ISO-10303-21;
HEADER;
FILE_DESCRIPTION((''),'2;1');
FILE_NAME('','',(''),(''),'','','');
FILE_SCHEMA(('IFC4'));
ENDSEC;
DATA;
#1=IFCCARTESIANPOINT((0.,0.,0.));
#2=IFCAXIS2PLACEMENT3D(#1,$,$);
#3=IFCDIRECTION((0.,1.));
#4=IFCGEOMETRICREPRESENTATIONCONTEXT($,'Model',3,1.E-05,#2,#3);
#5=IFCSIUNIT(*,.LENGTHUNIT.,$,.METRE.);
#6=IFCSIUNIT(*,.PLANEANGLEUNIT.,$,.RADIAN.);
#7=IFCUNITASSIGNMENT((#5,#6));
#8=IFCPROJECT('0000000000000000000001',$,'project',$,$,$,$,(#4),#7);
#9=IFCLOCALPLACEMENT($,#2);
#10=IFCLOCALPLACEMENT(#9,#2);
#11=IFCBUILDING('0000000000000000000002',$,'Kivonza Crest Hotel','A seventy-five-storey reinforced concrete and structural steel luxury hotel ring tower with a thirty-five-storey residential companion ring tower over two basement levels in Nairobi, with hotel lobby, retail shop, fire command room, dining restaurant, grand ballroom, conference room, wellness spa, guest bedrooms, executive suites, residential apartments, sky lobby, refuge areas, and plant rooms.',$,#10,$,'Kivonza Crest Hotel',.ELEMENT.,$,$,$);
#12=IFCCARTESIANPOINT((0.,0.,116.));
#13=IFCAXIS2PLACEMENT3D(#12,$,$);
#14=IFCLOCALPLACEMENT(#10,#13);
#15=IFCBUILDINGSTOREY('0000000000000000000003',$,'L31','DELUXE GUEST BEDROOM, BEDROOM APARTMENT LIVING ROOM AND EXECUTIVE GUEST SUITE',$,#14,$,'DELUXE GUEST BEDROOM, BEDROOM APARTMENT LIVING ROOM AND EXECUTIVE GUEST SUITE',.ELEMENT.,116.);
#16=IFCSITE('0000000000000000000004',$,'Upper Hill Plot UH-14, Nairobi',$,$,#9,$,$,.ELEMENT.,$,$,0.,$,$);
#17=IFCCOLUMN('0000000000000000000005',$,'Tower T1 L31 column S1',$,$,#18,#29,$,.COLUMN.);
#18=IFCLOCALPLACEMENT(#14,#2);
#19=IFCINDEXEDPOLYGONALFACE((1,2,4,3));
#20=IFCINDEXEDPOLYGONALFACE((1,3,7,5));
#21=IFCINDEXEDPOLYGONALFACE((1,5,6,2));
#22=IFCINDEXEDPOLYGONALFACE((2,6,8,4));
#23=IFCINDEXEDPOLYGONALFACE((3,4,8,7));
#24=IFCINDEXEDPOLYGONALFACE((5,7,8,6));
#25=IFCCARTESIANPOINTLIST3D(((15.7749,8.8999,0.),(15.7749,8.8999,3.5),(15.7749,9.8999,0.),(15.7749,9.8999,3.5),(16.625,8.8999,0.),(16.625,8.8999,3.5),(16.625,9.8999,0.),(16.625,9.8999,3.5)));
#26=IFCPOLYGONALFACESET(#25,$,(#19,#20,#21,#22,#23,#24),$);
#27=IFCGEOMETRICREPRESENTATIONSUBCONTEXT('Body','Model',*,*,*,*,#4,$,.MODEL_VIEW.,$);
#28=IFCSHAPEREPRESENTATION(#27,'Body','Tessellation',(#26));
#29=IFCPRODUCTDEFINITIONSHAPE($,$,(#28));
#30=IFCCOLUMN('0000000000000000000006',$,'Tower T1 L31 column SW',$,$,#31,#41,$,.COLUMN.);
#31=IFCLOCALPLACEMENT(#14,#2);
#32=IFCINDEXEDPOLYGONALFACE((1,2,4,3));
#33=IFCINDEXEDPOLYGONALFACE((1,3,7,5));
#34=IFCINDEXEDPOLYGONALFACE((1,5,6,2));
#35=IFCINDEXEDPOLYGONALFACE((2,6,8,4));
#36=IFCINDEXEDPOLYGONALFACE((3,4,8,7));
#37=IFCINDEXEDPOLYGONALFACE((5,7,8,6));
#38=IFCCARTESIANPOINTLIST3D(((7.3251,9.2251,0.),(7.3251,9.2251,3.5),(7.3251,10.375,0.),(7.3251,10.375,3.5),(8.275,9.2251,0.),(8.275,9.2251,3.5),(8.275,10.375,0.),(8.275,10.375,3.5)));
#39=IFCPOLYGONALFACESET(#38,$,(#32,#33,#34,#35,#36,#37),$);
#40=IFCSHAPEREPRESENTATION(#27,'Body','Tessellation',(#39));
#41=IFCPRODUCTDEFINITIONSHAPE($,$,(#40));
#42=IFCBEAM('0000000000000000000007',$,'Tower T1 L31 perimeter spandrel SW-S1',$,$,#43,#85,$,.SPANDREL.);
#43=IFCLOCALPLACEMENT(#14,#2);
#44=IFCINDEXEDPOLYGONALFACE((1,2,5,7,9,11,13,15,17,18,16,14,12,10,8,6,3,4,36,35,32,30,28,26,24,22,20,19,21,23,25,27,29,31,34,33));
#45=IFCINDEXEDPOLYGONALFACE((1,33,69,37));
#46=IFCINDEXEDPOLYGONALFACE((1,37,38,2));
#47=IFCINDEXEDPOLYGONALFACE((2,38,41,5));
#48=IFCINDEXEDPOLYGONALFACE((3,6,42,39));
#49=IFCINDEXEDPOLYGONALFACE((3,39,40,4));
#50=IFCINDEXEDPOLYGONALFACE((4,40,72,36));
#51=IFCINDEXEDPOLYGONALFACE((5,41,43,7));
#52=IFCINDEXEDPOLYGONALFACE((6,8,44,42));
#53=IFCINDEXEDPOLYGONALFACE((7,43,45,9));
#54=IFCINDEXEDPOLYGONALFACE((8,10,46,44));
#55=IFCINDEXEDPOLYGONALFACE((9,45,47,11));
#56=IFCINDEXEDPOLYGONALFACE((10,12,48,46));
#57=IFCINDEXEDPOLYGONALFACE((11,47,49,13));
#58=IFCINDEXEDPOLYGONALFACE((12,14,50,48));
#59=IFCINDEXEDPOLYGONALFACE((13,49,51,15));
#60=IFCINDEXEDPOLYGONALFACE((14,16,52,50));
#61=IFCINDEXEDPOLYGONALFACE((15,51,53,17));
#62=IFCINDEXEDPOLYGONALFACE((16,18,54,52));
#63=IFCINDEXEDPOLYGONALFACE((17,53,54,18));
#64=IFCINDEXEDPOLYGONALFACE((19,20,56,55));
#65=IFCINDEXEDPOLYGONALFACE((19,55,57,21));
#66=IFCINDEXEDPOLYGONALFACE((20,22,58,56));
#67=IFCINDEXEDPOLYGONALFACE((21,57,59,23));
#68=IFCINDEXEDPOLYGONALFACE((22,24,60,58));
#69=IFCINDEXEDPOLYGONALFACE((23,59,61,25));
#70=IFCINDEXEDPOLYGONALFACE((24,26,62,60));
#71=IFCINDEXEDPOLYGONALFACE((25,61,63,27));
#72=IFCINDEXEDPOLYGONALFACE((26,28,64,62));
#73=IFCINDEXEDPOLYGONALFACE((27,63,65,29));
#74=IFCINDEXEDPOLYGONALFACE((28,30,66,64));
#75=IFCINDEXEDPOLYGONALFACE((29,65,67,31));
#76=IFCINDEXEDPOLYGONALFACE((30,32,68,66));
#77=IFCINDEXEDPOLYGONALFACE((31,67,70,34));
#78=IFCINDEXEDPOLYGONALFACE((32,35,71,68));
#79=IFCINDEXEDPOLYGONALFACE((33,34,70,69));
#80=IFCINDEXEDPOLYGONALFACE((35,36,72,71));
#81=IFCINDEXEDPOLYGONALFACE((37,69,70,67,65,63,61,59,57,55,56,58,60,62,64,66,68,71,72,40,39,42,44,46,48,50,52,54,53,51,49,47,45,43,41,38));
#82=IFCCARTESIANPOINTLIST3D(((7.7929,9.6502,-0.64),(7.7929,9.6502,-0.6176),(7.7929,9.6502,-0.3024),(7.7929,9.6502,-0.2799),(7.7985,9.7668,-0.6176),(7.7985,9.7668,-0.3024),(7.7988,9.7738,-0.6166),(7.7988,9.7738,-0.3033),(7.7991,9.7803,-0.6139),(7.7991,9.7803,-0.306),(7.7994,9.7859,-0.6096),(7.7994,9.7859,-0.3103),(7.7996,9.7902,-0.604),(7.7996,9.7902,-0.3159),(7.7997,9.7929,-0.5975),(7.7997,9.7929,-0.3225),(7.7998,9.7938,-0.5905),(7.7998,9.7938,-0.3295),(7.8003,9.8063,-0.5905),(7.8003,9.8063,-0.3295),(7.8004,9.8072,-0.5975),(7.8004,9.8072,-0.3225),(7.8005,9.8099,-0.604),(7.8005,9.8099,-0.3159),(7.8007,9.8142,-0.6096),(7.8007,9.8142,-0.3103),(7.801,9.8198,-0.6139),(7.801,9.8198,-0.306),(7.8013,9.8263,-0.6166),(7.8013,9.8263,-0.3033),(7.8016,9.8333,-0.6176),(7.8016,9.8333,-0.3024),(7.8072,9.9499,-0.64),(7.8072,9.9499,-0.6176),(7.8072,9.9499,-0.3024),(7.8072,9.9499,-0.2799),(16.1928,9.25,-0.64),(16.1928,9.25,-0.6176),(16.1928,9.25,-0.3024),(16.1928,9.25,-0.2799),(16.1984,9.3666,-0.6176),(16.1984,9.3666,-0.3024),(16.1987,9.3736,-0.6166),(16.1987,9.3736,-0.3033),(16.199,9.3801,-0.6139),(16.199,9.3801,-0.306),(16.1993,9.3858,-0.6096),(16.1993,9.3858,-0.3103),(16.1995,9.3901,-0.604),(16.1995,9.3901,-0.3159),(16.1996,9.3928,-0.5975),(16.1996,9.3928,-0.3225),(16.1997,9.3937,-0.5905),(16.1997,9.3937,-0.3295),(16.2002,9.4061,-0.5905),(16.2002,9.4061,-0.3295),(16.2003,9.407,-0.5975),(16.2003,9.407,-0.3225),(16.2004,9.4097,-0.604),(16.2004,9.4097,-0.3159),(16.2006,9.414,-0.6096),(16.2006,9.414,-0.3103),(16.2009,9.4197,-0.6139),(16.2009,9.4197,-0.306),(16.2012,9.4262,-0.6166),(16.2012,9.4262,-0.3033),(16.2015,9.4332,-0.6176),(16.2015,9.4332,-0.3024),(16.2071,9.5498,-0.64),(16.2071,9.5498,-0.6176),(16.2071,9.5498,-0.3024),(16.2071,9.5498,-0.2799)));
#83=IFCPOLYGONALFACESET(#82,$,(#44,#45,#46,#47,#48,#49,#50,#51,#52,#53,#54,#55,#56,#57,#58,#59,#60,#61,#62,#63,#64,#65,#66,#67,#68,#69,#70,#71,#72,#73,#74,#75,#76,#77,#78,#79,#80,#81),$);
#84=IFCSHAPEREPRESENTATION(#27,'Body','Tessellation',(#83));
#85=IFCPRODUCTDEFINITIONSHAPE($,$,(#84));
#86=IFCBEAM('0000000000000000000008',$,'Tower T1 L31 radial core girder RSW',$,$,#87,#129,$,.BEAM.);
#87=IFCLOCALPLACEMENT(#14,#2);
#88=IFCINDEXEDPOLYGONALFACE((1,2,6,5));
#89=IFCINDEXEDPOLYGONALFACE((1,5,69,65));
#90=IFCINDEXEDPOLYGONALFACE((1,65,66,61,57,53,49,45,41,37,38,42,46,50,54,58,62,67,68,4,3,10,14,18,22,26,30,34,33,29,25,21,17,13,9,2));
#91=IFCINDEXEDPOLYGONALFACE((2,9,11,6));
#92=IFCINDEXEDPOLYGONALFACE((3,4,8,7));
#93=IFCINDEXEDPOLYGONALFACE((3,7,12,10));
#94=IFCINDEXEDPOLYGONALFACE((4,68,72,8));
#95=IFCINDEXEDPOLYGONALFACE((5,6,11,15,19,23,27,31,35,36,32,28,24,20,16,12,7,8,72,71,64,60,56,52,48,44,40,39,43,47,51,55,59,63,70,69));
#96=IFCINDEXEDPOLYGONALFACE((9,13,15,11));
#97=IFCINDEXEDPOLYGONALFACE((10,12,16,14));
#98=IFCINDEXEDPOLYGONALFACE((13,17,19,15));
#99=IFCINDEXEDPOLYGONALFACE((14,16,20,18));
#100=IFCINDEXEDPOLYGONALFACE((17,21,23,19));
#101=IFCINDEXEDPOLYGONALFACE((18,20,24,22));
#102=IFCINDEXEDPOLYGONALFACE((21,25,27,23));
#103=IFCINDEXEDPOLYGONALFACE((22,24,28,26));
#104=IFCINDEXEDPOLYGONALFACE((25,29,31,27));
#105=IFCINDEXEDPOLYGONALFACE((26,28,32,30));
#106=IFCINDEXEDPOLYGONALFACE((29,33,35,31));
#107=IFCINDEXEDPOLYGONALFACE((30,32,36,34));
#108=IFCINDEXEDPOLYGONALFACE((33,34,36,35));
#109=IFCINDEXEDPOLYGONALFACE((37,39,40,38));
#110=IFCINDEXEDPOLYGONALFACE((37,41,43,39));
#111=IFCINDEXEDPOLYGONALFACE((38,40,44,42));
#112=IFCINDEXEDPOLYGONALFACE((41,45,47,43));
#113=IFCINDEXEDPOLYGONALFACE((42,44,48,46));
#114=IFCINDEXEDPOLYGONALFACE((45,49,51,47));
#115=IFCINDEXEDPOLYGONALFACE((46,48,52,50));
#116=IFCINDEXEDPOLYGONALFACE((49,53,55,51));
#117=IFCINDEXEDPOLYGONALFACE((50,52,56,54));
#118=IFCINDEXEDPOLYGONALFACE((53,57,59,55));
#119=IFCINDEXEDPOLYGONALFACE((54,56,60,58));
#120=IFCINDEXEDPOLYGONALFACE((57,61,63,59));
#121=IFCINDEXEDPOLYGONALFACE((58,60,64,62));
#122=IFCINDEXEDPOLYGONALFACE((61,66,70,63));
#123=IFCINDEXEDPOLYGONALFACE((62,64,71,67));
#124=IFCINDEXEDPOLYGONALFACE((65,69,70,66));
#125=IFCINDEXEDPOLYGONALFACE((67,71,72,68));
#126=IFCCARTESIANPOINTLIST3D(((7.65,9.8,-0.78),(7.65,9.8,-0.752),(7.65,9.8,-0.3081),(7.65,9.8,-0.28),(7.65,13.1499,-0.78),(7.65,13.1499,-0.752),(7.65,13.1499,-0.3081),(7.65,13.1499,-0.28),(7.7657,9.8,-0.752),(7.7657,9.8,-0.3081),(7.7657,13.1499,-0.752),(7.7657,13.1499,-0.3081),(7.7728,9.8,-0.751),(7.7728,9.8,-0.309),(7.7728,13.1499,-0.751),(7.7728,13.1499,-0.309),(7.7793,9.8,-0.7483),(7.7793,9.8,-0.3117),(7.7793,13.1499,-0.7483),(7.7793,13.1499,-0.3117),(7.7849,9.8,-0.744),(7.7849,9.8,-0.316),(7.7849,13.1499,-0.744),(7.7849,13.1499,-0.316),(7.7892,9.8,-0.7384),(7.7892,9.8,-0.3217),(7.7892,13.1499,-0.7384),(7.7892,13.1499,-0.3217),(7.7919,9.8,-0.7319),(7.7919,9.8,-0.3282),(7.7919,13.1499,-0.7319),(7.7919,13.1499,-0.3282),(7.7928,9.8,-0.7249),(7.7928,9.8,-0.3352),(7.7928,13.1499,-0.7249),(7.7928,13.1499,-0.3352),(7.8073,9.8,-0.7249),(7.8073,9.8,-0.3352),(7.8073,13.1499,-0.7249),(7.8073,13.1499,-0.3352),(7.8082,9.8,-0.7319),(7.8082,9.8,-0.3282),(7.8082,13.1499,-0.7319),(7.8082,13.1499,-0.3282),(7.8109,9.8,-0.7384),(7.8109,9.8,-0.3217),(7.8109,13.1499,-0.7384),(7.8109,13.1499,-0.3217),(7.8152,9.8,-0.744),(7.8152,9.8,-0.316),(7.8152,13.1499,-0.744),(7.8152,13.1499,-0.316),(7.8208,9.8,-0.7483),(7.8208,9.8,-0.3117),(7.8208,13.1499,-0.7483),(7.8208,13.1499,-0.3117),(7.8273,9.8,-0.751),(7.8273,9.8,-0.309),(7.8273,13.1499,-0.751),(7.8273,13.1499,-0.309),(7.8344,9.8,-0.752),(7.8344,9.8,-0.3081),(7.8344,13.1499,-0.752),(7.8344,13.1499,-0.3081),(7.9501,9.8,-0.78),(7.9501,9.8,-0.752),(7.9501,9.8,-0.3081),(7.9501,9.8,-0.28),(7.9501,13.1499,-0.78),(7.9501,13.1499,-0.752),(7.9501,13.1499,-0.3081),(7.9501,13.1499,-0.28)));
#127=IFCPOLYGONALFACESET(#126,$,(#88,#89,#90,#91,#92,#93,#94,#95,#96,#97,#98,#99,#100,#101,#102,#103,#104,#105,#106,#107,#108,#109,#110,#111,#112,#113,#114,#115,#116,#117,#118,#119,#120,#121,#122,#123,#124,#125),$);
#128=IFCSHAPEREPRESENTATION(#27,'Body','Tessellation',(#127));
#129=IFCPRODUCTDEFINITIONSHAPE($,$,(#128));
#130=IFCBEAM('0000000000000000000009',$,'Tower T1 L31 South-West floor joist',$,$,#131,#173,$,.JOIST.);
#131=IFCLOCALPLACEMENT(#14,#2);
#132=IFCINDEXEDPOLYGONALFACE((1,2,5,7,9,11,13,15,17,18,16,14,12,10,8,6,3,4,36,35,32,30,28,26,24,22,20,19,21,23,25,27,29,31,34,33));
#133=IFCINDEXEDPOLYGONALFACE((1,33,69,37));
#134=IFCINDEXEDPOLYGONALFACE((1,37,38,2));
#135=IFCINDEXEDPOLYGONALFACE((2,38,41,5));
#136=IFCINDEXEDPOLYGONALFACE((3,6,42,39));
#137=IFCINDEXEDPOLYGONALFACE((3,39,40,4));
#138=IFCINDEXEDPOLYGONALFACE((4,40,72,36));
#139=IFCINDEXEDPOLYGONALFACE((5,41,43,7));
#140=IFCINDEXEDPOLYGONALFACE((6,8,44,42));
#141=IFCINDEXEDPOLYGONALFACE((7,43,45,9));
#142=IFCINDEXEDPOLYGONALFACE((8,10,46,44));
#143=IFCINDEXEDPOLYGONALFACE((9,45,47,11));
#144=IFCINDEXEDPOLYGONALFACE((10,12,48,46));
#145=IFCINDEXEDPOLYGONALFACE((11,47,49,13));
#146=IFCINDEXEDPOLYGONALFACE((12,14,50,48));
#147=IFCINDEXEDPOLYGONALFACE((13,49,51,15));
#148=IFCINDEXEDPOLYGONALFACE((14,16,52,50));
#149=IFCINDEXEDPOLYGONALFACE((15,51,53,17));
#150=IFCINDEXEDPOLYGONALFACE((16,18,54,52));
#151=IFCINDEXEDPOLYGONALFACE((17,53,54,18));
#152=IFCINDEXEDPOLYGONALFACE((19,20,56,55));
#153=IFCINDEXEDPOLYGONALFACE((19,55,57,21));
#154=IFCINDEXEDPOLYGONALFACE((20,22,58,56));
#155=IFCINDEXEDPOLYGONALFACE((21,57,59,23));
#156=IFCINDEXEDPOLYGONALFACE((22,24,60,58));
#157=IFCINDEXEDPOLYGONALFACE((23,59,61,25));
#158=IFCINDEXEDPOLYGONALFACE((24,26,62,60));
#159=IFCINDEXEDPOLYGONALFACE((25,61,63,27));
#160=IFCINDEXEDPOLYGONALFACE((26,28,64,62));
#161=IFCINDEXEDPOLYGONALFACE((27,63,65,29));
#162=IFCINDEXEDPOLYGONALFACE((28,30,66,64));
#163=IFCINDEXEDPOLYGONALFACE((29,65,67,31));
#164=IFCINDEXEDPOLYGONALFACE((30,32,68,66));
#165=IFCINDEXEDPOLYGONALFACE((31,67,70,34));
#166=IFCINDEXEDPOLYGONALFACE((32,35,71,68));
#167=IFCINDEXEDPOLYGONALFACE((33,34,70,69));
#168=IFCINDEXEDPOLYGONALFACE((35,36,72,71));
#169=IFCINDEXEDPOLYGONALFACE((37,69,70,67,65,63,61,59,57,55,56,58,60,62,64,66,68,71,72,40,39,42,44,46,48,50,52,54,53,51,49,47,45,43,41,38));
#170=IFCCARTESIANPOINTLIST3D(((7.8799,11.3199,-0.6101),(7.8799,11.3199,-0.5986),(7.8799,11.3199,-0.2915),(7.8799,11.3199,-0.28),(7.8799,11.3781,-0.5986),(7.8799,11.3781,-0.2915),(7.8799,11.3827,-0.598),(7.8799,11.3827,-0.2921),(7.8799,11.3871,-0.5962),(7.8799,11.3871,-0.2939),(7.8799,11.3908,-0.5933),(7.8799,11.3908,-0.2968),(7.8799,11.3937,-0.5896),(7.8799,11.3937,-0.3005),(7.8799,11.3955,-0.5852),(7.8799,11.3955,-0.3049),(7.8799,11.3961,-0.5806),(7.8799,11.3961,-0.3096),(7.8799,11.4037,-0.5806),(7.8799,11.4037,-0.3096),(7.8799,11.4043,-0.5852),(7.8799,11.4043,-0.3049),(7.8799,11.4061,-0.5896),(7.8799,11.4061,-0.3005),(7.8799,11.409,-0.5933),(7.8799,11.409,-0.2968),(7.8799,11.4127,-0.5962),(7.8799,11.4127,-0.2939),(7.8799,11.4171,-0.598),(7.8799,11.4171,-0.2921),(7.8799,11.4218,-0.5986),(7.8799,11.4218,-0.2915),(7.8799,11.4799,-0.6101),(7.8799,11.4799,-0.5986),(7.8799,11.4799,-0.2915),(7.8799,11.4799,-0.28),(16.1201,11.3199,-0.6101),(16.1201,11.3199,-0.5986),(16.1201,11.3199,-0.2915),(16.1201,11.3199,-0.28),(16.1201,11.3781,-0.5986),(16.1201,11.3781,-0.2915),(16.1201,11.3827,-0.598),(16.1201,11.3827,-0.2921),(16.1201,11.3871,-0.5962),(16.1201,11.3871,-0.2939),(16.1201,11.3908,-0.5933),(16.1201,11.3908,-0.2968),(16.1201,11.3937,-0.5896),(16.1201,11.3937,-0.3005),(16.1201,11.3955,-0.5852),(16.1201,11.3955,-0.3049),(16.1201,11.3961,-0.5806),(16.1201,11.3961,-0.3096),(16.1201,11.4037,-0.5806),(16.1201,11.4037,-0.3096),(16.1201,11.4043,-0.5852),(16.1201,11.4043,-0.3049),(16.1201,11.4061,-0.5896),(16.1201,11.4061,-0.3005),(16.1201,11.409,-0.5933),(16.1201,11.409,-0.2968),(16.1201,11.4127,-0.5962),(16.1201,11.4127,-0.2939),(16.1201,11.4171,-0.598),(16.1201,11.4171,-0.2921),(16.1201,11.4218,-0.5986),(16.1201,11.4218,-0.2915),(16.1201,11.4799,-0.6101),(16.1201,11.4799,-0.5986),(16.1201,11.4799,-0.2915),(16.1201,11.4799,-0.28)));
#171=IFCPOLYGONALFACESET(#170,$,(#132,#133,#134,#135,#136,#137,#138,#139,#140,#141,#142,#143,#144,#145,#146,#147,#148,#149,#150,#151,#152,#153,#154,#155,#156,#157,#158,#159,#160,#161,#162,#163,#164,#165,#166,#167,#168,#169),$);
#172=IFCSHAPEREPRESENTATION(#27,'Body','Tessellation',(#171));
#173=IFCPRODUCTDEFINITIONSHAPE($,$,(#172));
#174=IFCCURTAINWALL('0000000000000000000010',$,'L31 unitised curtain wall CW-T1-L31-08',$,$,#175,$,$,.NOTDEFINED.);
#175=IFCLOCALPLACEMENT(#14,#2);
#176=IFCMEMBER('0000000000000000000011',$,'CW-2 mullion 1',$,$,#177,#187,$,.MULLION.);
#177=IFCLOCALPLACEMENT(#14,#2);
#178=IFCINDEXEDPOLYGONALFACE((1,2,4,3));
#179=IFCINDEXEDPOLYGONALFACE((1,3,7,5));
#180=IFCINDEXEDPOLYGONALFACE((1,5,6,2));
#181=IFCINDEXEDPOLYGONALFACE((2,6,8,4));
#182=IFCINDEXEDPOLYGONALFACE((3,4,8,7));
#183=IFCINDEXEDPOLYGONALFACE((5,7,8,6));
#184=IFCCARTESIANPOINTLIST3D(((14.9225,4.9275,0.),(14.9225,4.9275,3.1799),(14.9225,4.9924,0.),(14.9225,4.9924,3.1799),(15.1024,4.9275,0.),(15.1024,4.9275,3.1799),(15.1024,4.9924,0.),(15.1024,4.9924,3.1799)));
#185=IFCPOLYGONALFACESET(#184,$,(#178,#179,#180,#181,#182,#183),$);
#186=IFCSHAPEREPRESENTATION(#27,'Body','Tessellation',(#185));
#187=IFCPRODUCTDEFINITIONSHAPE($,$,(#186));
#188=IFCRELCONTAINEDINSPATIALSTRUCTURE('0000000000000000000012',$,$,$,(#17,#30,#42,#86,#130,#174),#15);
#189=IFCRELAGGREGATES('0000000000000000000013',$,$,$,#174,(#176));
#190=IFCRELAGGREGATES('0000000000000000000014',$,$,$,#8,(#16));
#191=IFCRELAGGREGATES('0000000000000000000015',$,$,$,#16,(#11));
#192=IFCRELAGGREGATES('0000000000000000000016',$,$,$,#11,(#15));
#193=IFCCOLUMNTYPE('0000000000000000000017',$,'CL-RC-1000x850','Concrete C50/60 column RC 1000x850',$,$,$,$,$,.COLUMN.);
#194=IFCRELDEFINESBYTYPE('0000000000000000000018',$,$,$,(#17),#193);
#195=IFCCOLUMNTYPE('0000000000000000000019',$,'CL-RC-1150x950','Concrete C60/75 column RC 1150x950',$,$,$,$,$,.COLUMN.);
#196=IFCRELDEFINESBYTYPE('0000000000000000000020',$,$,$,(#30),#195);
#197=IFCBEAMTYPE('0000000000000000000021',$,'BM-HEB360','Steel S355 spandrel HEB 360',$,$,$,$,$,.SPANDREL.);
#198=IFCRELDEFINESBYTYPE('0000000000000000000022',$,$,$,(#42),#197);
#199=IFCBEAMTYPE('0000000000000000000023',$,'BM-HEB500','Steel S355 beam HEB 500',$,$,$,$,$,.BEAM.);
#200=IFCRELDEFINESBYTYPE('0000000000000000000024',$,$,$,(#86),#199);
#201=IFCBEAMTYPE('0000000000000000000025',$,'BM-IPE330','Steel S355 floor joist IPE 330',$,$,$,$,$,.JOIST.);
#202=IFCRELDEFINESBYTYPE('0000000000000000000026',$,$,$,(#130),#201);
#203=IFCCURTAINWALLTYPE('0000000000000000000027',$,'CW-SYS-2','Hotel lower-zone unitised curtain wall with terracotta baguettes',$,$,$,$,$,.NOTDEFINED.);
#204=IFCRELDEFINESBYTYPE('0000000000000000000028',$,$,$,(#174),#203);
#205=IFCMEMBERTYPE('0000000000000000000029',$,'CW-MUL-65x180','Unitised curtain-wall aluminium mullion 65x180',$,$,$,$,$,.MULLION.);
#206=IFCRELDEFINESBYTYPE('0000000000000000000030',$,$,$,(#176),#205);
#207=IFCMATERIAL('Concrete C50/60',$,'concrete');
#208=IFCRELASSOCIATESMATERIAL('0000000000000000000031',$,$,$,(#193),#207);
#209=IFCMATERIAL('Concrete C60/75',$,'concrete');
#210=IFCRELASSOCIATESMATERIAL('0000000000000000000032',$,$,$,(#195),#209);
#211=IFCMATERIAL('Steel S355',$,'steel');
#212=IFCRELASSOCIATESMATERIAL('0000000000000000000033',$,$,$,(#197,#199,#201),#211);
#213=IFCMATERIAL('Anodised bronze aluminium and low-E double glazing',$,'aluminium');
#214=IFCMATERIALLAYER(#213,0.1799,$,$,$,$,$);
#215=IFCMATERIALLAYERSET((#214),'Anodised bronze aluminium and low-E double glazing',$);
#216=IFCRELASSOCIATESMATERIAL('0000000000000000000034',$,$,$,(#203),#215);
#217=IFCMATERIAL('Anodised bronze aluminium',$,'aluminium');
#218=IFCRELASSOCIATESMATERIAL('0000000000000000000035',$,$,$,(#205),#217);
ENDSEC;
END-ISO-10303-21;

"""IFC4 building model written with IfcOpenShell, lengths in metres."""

from ifc_helpers import new_model, si_unit, direction, frame, origin, origin_2d, place, context, subcontext, project, spatial, rectangle, i_section, extrude, material, layer, layer_set, material_profile, profile_set, type_object, element, aggregate, save


model = new_model("IFC4")

# Units and contexts
model_context = context("Model", 3, precision=1e-05, world=origin(), true_north=direction((0.0, 1.0)))
body_context = subcontext(model_context, "Body", "Model", "MODEL_VIEW")
ifc_project = project(units=[si_unit("LENGTHUNIT", "METRE"), si_unit("PLANEANGLEUNIT", "RADIAN")], contexts=[model_context])

# Site, building, storey
site_placement = place(None, origin())
site = spatial("IfcSite", under=ifc_project, at=site_placement, Name="Upper Hill Plot UH-14, Nairobi", CompositionType="ELEMENT", RefElevation=0.0)
building_placement = place(site_placement, origin())
building = spatial("IfcBuilding", under=site, at=building_placement, Name="Kivonza Crest Hotel", Description="A seventy-five-storey reinforced concrete and structural steel luxury hotel ring tower with a thirty-five-storey residential companion ring tower over two basement levels in Nairobi, with hotel lobby, retail shop, fire command room, dining restaurant, grand ballroom, conference room, wellness spa, guest bedrooms, executive suites, residential apartments, sky lobby, refuge areas, and plant rooms.", LongName="Kivonza Crest Hotel", CompositionType="ELEMENT")
storey_placement = place(building_placement, frame((0.0, 0.0, 116.0)))
storey = spatial("IfcBuildingStorey", under=building, at=storey_placement, Name="L31", Description="DELUXE GUEST BEDROOM, BEDROOM APARTMENT LIVING ROOM AND EXECUTIVE GUEST SUITE", LongName="DELUXE GUEST BEDROOM, BEDROOM APARTMENT LIVING ROOM AND EXECUTIVE GUEST SUITE", CompositionType="ELEMENT", Elevation=116.0)

# Columns
ifc_material_1 = material(Name="Concrete C50/60", Category="concrete")
ifc_material_profile_1 = material_profile(ifc_material_1, rectangle(XDim=0.8501, YDim=1.0, at=origin_2d()), Name="RC 1000x850")
ifc_profile_set_1 = profile_set([ifc_material_profile_1], Name="Concrete C50/60")
column_type_1 = type_object("IfcColumnType", Name="CL-RC-1000x850", Description="Concrete C50/60 column RC 1000x850", PredefinedType="COLUMN", material=ifc_profile_set_1)
column_1_placement = place(storey_placement, frame((16.2, 9.3999, 0.0), z_axis=(0.0, 0.0, 1.0), x_axis=(1.0, 0.0, 0.0)))
element("IfcColumn", 1, at=column_1_placement, inside=storey, type_object=column_type_1, Name="Tower T1 L31 column S1", PredefinedType="COLUMN", context=body_context, shape_type="SweptSolid", body=[
    extrude(rectangle(XDim=0.8501, YDim=1.0, at=origin_2d()), origin(), (0.0, 0.0, 1.0), 3.5),
])
ifc_material_2 = material(Name="Concrete C60/75", Category="concrete")
ifc_material_profile_2 = material_profile(ifc_material_2, rectangle(XDim=0.95, YDim=1.1499, at=origin_2d()), Name="RC 1150x950")
ifc_profile_set_2 = profile_set([ifc_material_profile_2], Name="Concrete C60/75")
column_type_2 = type_object("IfcColumnType", Name="CL-RC-1150x950", Description="Concrete C60/75 column RC 1150x950", PredefinedType="COLUMN", material=ifc_profile_set_2)
column_2_placement = place(storey_placement, frame((7.8, 9.8, 0.0), z_axis=(0.0, 0.0, 1.0), x_axis=(1.0, 0.0, 0.0)))
element("IfcColumn", 2, at=column_2_placement, inside=storey, type_object=column_type_2, Name="Tower T1 L31 column SW", PredefinedType="COLUMN", context=body_context, shape_type="SweptSolid", body=[
    extrude(rectangle(XDim=0.95, YDim=1.1499, at=origin_2d()), origin(), (0.0, 0.0, 1.0), 3.5),
])

# Beams
ifc_material_3 = material(Name="Steel S355", Category="steel")
ifc_material_profile_3 = material_profile(ifc_material_3, i_section(OverallWidth=0.3, OverallDepth=0.3601, WebThickness=0.0125, FlangeThickness=0.0225, FilletRadius=0.0271, at=origin_2d()), Name="HEB 360")
ifc_profile_set_3 = profile_set([ifc_material_profile_3], Name="Steel S355")
beam_type_1 = type_object("IfcBeamType", Name="BM-HEB360", Description="Steel S355 spandrel HEB 360", PredefinedType="SPANDREL", material=ifc_profile_set_3)
beam_1_placement = place(storey_placement, frame((7.8, 9.8, -0.46), z_axis=(0.998867, -0.047583, 0.0), x_axis=(0.047583, 0.998867, 0.0)))
element("IfcBeam", 3, at=beam_1_placement, inside=storey, type_object=beam_type_1, Name="Tower T1 L31 perimeter spandrel SW-S1", PredefinedType="SPANDREL", context=body_context, shape_type="SweptSolid", body=[
    extrude(i_section(OverallWidth=0.3, OverallDepth=0.3601, WebThickness=0.0125, FlangeThickness=0.0225, FilletRadius=0.0271, at=origin_2d()), origin(), (0.0, 0.0, 1.0), 8.4094),
])
ifc_material_profile_4 = material_profile(ifc_material_3, i_section(OverallWidth=0.3, OverallDepth=0.5, WebThickness=0.0144, FlangeThickness=0.0281, FilletRadius=0.0271, at=origin_2d()), Name="HEB 500")
ifc_profile_set_4 = profile_set([ifc_material_profile_4], Name="Steel S355")
beam_type_2 = type_object("IfcBeamType", Name="BM-HEB500", Description="Steel S355 beam HEB 500", PredefinedType="BEAM", material=ifc_profile_set_4)
beam_2_placement = place(storey_placement, frame((7.8, 9.8, -0.53), z_axis=(0.0, 1.0, 0.0), x_axis=(-1.0, 0.0, 0.0)))
element("IfcBeam", 4, at=beam_2_placement, inside=storey, type_object=beam_type_2, Name="Tower T1 L31 radial core girder RSW", PredefinedType="BEAM", context=body_context, shape_type="SweptSolid", body=[
    extrude(i_section(OverallWidth=0.3, OverallDepth=0.5, WebThickness=0.0144, FlangeThickness=0.0281, FilletRadius=0.0271, at=origin_2d()), origin(), (0.0, 0.0, 1.0), 3.3499),
])
ifc_material_profile_5 = material_profile(ifc_material_3, i_section(OverallWidth=0.1599, OverallDepth=0.3301, WebThickness=0.0076, FlangeThickness=0.0115, FilletRadius=0.0181, at=origin_2d()), Name="IPE 330")
ifc_profile_set_5 = profile_set([ifc_material_profile_5], Name="Steel S355")
beam_type_3 = type_object("IfcBeamType", Name="BM-IPE330", Description="Steel S355 floor joist IPE 330", PredefinedType="JOIST", material=ifc_profile_set_5)
beam_3_placement = place(storey_placement, frame((7.8799, 11.3999, -0.4451), z_axis=(1.0, 0.0, 0.0), x_axis=(0.0, 1.0, 0.0)))
element("IfcBeam", 5, at=beam_3_placement, inside=storey, type_object=beam_type_3, Name="Tower T1 L31 South-West floor joist", PredefinedType="JOIST", context=body_context, shape_type="SweptSolid", body=[
    extrude(i_section(OverallWidth=0.1599, OverallDepth=0.3301, WebThickness=0.0076, FlangeThickness=0.0115, FilletRadius=0.0181, at=origin_2d()), origin(), (0.0, 0.0, 1.0), 8.2402),
])

# Curtain wall, member
ifc_material_4 = material(Name="Anodised bronze aluminium and low-E double glazing", Category="aluminium")
ifc_layer_1 = layer(ifc_material_4, 0.1799)
ifc_layer_set_1 = layer_set([ifc_layer_1], Name="Anodised bronze aluminium and low-E double glazing")
curtain_wall_type = type_object("IfcCurtainWallType", Name="CW-SYS-2", Description="Hotel lower-zone unitised curtain wall with terracotta baguettes", PredefinedType="NOTDEFINED", material=ifc_layer_set_1)
curtain_wall_placement = place(storey_placement, origin())
curtain_wall = element("IfcCurtainWall", 6, at=curtain_wall_placement, inside=storey, type_object=curtain_wall_type, Name="L31 unitised curtain wall CW-T1-L31-08", PredefinedType="NOTDEFINED")
ifc_material_5 = material(Name="Anodised bronze aluminium", Category="aluminium")
ifc_material_profile_6 = material_profile(ifc_material_5, rectangle(XDim=0.0649, YDim=0.1799, at=origin_2d()), Name="CW-M 65x180")
ifc_profile_set_6 = profile_set([ifc_material_profile_6], Name="Anodised bronze aluminium")
member_type_1 = type_object("IfcMemberType", Name="CW-MUL-65x180", Description="Unitised curtain-wall aluminium mullion 65x180", PredefinedType="MULLION", material=ifc_profile_set_6)
member_1_placement = place(storey_placement, frame((15.0125, 4.96, 0.0), z_axis=(0.0, 0.0, 1.0), x_axis=(0.0, 1.0, 0.0)))
member_1 = element("IfcMember", 7, at=member_1_placement, type_object=member_type_1, Name="CW-2 mullion 1", PredefinedType="MULLION", context=body_context, shape_type="SweptSolid", body=[
    extrude(rectangle(XDim=0.0649, YDim=0.1799, at=origin_2d()), origin(), (0.0, 0.0, 1.0), 3.1799),
])
aggregate(curtain_wall, [member_1])

save(model, "model.ifc")
